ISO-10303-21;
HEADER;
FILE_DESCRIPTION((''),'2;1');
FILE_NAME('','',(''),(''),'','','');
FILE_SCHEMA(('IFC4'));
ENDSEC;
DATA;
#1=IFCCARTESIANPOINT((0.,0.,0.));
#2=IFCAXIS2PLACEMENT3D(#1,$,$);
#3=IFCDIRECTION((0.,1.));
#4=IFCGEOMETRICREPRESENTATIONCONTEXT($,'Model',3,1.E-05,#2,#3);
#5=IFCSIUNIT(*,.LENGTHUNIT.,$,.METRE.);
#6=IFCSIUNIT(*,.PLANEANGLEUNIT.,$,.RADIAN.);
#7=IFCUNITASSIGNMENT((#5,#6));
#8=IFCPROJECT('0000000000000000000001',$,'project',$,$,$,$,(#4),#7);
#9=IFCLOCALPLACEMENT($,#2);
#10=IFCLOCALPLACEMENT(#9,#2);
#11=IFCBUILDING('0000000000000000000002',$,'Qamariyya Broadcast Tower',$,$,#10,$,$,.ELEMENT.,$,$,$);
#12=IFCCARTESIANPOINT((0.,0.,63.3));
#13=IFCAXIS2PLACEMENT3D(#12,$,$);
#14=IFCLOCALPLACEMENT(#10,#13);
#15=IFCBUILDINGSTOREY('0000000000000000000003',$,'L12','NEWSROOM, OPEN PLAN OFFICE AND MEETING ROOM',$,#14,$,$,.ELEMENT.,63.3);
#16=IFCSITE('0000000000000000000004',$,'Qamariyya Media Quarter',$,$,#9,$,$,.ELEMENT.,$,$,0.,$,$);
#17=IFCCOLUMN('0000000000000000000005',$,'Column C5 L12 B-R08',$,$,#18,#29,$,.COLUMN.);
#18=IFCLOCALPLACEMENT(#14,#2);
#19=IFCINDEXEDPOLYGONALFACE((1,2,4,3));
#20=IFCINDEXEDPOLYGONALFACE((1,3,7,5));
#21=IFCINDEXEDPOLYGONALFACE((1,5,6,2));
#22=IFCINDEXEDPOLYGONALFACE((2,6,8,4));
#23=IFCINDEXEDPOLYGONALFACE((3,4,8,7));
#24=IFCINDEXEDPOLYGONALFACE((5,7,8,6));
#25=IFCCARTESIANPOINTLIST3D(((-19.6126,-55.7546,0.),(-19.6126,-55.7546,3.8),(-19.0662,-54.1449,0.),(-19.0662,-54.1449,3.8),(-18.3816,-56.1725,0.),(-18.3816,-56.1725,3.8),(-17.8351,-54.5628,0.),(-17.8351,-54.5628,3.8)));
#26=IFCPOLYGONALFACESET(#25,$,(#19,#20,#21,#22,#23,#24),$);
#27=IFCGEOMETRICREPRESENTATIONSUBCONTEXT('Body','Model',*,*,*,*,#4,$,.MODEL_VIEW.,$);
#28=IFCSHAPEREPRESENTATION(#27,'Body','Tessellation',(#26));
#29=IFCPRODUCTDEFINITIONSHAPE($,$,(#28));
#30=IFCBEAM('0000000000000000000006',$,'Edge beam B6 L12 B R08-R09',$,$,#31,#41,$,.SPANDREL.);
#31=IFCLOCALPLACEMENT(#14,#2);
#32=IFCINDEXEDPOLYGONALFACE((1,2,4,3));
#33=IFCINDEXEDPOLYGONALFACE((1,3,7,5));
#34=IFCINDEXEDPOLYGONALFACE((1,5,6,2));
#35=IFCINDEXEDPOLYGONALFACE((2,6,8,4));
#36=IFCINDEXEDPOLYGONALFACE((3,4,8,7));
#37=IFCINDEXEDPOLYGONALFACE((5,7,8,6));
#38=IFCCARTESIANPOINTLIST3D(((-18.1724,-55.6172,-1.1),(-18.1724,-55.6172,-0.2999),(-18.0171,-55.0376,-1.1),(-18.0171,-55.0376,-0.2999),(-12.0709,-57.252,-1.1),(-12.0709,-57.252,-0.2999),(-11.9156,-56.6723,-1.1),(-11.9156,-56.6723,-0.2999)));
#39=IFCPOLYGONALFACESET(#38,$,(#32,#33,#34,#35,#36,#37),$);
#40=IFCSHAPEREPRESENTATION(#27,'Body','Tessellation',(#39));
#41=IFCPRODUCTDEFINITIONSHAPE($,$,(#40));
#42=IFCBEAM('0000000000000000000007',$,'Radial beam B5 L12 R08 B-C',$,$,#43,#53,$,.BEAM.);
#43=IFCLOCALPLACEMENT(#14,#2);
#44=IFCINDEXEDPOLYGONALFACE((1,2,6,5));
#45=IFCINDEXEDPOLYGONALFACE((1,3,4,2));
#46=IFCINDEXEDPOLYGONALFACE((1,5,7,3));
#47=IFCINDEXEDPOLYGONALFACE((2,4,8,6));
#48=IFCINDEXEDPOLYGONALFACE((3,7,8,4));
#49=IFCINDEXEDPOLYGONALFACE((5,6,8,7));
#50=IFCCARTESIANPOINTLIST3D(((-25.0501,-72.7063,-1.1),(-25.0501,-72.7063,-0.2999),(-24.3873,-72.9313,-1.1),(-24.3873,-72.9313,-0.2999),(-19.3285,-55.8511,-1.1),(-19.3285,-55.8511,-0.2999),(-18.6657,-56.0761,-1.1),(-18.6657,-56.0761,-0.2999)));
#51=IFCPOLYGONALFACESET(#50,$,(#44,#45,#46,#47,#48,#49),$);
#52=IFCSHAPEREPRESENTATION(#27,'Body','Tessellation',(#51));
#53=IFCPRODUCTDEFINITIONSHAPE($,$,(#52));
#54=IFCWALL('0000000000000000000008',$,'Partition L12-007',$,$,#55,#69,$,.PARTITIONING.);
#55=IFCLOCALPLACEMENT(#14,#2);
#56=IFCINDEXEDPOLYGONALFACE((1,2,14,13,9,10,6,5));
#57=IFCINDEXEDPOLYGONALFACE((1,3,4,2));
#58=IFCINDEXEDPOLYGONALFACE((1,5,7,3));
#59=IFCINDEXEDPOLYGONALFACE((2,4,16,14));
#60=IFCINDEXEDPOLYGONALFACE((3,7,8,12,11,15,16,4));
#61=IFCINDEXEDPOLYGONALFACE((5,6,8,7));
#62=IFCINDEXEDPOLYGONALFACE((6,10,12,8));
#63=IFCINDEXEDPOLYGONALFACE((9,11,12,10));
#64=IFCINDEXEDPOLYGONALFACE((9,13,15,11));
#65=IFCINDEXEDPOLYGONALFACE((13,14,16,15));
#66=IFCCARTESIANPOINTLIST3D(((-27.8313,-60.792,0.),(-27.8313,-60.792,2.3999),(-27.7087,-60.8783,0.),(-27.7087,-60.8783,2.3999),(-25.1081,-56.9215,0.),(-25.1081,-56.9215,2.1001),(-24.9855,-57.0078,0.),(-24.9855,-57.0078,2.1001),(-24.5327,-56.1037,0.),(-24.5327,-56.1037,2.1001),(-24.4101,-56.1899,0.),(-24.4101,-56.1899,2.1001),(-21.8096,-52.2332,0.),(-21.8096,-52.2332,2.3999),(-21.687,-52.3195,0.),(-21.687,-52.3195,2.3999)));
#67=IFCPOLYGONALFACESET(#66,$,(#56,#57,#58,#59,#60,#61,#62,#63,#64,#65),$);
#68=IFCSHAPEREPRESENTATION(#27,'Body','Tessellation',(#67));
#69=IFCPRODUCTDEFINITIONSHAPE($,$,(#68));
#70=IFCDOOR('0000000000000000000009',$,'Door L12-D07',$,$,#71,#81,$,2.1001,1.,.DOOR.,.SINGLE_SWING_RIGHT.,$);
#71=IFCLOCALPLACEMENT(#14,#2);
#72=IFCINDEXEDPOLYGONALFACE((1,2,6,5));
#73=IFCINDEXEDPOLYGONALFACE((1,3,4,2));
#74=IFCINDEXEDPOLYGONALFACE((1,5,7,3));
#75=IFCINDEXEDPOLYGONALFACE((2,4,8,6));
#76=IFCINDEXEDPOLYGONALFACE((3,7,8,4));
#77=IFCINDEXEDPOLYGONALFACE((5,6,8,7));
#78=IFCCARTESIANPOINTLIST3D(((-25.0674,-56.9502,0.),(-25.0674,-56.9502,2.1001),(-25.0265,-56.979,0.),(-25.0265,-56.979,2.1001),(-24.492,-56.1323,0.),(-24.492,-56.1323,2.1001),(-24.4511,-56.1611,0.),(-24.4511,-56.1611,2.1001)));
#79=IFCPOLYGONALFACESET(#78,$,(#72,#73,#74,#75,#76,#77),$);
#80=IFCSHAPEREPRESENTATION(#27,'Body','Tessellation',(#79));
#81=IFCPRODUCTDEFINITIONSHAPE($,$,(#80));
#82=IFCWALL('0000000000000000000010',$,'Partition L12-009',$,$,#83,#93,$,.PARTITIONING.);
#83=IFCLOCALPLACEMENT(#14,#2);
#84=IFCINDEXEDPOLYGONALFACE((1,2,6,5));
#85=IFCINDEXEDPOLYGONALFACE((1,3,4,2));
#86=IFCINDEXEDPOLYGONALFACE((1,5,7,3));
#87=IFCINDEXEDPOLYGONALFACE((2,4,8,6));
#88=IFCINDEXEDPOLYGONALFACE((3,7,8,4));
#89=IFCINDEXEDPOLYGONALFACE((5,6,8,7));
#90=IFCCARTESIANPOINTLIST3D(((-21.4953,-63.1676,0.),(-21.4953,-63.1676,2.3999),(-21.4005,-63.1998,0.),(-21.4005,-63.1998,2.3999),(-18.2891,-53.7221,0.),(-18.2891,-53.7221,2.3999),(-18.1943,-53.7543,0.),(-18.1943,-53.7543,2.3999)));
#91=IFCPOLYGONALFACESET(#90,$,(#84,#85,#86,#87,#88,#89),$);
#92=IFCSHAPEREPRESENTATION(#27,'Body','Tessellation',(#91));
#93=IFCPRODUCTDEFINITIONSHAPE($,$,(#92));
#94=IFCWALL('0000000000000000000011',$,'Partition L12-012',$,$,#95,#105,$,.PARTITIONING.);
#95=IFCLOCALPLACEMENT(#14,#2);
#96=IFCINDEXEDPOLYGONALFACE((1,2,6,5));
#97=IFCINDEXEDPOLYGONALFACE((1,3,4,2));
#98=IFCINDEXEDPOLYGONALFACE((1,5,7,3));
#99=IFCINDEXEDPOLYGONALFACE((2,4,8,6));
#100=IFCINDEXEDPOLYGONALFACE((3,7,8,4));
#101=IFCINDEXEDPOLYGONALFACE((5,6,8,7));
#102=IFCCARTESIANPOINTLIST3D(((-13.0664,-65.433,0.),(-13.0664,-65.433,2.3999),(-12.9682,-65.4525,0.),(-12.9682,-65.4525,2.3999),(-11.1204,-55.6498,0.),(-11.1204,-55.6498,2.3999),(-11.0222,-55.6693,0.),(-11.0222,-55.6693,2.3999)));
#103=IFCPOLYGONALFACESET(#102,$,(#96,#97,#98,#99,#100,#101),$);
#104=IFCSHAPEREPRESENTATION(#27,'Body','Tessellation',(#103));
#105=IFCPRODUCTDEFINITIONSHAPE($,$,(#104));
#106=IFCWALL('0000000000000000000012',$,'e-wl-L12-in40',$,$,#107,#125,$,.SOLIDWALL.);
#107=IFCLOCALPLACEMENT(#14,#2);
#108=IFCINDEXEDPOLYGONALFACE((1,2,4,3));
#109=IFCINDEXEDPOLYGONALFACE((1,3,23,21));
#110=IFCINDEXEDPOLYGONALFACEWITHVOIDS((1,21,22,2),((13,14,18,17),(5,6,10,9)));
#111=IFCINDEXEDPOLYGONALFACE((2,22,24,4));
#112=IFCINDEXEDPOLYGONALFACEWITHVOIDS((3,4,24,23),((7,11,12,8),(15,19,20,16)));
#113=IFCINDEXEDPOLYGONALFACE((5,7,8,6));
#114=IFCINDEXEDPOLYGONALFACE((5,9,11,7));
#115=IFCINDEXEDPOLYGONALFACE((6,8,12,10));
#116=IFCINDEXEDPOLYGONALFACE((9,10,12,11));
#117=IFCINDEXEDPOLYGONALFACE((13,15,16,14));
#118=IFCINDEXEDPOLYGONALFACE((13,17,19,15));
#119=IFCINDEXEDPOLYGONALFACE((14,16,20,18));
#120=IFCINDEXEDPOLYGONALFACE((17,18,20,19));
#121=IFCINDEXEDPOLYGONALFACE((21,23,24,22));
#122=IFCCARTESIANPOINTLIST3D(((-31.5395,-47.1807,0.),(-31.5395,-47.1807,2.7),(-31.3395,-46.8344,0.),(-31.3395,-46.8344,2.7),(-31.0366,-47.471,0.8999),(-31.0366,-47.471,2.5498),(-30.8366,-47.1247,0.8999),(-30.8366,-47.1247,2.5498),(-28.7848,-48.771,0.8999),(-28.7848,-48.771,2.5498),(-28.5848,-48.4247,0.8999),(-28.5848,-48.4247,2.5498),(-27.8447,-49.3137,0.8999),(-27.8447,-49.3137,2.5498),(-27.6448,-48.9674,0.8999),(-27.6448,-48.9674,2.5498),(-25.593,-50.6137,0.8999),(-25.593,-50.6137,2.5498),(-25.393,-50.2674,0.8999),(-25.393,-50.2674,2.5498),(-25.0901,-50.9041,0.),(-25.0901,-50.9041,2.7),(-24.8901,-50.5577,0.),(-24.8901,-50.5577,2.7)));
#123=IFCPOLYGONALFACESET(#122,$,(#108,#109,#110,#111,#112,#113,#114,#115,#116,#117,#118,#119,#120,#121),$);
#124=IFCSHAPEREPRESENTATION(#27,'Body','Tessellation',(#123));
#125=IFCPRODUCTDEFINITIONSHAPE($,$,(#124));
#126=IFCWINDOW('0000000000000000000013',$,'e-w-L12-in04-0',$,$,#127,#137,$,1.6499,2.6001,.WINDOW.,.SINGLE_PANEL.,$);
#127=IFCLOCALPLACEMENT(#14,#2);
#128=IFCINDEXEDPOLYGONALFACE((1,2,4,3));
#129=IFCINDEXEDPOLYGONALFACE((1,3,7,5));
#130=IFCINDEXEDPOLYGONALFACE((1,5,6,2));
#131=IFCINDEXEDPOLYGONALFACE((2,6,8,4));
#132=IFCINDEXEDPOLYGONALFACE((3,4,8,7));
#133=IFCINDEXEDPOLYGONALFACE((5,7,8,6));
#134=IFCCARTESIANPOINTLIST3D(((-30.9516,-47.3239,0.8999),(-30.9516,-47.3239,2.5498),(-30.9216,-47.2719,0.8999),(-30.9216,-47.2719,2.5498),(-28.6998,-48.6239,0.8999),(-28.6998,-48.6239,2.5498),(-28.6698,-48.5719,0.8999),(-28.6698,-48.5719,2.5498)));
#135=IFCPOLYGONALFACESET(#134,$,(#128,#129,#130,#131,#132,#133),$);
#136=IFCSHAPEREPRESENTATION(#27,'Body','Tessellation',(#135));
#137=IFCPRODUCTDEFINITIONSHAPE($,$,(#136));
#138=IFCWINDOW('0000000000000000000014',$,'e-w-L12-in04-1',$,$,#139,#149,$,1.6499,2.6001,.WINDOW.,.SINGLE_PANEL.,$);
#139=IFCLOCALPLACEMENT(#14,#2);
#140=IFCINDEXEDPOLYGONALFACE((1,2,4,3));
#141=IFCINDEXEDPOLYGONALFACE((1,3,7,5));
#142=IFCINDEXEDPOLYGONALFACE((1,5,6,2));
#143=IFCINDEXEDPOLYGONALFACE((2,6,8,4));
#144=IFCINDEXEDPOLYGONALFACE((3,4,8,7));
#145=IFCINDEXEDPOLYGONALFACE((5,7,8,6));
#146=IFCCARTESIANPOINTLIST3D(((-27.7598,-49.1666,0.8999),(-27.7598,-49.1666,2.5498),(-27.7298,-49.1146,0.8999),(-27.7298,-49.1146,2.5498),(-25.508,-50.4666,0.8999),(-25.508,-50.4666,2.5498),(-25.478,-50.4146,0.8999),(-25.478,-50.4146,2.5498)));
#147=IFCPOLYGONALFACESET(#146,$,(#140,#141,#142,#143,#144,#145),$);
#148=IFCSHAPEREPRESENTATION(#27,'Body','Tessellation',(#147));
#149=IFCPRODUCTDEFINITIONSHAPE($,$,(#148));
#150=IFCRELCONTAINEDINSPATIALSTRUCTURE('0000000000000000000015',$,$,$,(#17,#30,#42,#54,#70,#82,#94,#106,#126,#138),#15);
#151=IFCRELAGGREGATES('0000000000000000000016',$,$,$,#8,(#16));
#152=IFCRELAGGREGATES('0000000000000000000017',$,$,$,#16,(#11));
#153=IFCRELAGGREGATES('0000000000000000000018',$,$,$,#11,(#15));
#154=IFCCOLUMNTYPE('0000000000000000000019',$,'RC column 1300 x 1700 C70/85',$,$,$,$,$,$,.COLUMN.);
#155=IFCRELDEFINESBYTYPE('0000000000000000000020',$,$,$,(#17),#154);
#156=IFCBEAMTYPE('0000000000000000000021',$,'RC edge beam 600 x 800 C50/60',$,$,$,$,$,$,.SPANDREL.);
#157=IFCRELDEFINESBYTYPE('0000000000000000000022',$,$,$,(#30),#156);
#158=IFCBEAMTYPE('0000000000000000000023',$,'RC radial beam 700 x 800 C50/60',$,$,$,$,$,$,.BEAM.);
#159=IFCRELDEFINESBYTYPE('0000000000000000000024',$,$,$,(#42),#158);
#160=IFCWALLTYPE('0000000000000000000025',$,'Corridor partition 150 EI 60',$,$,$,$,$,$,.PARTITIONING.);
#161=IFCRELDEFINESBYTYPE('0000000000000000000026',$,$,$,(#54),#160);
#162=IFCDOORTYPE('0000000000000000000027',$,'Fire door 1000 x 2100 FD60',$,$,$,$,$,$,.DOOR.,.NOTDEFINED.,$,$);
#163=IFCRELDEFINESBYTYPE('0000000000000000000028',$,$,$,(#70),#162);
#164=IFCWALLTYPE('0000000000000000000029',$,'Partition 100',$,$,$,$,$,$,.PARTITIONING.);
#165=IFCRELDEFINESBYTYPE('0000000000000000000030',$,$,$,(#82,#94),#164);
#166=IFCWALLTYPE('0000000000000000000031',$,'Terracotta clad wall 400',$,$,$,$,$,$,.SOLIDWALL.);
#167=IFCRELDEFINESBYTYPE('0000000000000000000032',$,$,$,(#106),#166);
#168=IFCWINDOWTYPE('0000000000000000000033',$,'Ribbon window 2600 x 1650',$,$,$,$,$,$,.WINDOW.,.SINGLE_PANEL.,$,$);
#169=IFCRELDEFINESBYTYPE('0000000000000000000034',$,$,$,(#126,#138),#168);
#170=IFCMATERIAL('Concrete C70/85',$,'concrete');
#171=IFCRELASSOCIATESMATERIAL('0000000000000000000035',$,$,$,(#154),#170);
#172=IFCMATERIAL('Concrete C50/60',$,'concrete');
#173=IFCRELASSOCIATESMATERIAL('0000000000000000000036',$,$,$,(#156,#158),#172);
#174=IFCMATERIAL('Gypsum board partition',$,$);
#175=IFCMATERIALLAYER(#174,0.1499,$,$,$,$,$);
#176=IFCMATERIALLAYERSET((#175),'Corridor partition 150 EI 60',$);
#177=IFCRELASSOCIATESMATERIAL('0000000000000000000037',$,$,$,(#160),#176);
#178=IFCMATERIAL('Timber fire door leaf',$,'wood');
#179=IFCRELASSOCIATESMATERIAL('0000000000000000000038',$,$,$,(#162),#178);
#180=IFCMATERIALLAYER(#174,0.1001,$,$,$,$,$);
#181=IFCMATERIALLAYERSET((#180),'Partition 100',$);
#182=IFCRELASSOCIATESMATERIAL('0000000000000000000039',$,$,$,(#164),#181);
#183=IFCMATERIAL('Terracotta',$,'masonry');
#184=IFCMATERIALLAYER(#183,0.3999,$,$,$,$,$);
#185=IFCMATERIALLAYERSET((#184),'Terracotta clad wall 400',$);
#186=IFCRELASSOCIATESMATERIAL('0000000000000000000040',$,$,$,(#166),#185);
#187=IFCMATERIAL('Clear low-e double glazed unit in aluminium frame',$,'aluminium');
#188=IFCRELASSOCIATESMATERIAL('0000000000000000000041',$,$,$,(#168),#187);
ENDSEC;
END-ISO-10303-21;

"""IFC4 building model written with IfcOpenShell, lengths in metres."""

from ifc_helpers import new_model, si_unit, direction, frame, frame_2d, origin, origin_2d, place, context, subcontext, project, spatial, rectangle, extrude, material, layer, layer_set, material_profile, profile_set, type_object, element, fill, save


model = new_model("IFC4")

# Units and contexts
model_context = context("Model", 3, precision=1e-05, world=origin(), true_north=direction((0.0, 1.0)))
body_context = subcontext(model_context, "Body", "Model", "MODEL_VIEW")
ifc_project = project(units=[si_unit("LENGTHUNIT", "METRE"), si_unit("PLANEANGLEUNIT", "RADIAN")], contexts=[model_context])

# Site, building, storey
site_placement = place(None, origin())
site = spatial("IfcSite", under=ifc_project, at=site_placement, Name="Qamariyya Media Quarter", CompositionType="ELEMENT", RefElevation=0.0)
building_placement = place(site_placement, origin())
building = spatial("IfcBuilding", under=site, at=building_placement, Name="Qamariyya Broadcast Tower", CompositionType="ELEMENT")
storey_placement = place(building_placement, frame((0.0, 0.0, 63.3)))
storey = spatial("IfcBuildingStorey", under=building, at=storey_placement, Name="L12", Description="NEWSROOM, OPEN PLAN OFFICE AND MEETING ROOM", CompositionType="ELEMENT", Elevation=63.3)

# Column
ifc_material_1 = material(Name="Concrete C70/85", Category="concrete")
ifc_material_profile_1 = material_profile(ifc_material_1, rectangle(XDim=1.3, YDim=1.7, at=origin_2d()))
ifc_profile_set_1 = profile_set([ifc_material_profile_1], Name="Concrete C70/85")
column_type = type_object("IfcColumnType", Name="RC column 1300 x 1700 C70/85", PredefinedType="COLUMN", material=ifc_profile_set_1)
column_placement = place(storey_placement, frame((-18.7239, -55.1587, 0.0), z_axis=(0.0, 0.0, 1.0), x_axis=(0.94693, -0.321439, 0.0)))
element("IfcColumn", 1, at=column_placement, inside=storey, type_object=column_type, Name="Column C5 L12 B-R08", PredefinedType="COLUMN", context=body_context, shape_type="SweptSolid", body=[
    extrude(rectangle(XDim=1.3, YDim=1.7, at=origin_2d()), origin(), (0.0, 0.0, 1.0), 3.8),
])

# Beams
ifc_material_2 = material(Name="Concrete C50/60", Category="concrete")
ifc_material_profile_2 = material_profile(ifc_material_2, rectangle(XDim=0.6001, YDim=0.8, at=origin_2d()))
ifc_profile_set_2 = profile_set([ifc_material_profile_2], Name="Concrete C50/60")
beam_type_1 = type_object("IfcBeamType", Name="RC edge beam 600 x 800 C50/60", PredefinedType="SPANDREL", material=ifc_profile_set_2)
beam_1_placement = place(storey_placement, frame((-18.0947, -55.3274, -0.7), z_axis=(0.965931, -0.258798, 0.0), x_axis=(0.258798, 0.965931, 0.0)))
element("IfcBeam", 2, at=beam_1_placement, inside=storey, type_object=beam_type_1, Name="Edge beam B6 L12 B R08-R09", PredefinedType="SPANDREL", context=body_context, shape_type="SweptSolid", body=[
    extrude(rectangle(XDim=0.6001, YDim=0.8, at=origin_2d()), origin(), (0.0, 0.0, 1.0), 6.3167),
])
ifc_material_profile_3 = material_profile(ifc_material_2, rectangle(XDim=0.7, YDim=0.8, at=origin_2d()))
ifc_profile_set_3 = profile_set([ifc_material_profile_3], Name="Concrete C50/60")
beam_type_2 = type_object("IfcBeamType", Name="RC radial beam 700 x 800 C50/60", PredefinedType="BEAM", material=ifc_profile_set_3)
beam_2_placement = place(storey_placement, frame((-18.9971, -55.9636, -0.7), z_axis=(-0.321445, -0.946928, 0.0), x_axis=(0.946928, -0.321445, 0.0)))
element("IfcBeam", 3, at=beam_2_placement, inside=storey, type_object=beam_type_2, Name="Radial beam B5 L12 R08 B-C", PredefinedType="BEAM", context=body_context, shape_type="SweptSolid", body=[
    extrude(rectangle(XDim=0.7, YDim=0.8, at=origin_2d()), origin(), (0.0, 0.0, 1.0), 17.7998),
])

# Wall, opening, door
ifc_material_3 = material(Name="Gypsum board partition")
ifc_layer_1 = layer(ifc_material_3, 0.1499)
ifc_layer_set_1 = layer_set([ifc_layer_1], Name="Corridor partition 150 EI 60")
wall_type_1 = type_object("IfcWallType", Name="Corridor partition 150 EI 60", PredefinedType="PARTITIONING", material=ifc_layer_set_1)
wall_1_placement = place(storey_placement, frame((-21.7483, -52.2764, 0.0), z_axis=(0.0, 0.0, 1.0), x_axis=(-0.575419, -0.817858, 0.0)))
wall_1 = element("IfcWall", 4, at=wall_1_placement, inside=storey, type_object=wall_type_1, Name="Partition L12-007", PredefinedType="PARTITIONING", context=body_context, shape_type="SweptSolid", body=[
    extrude(rectangle(XDim=10.4648, YDim=0.1499, at=frame_2d((5.2324, 0.0))), origin(), (0.0, 0.0, 1.0), 2.3999),
])
opening_1_placement = place(wall_1_placement, frame((4.7324, 0.0, 0.0)))
opening_1 = element("IfcOpeningElement", 5, at=opening_1_placement, cuts=wall_1, PredefinedType="OPENING", context=body_context, shape_type="SweptSolid", body=[
    extrude(rectangle(XDim=1.0, YDim=2.1001, at=frame_2d((0.5, 1.05))), frame((0.0, 0.085, 0.0), z_axis=(0.0, -1.0, 0.0), x_axis=(1.0, 0.0, 0.0)), (0.0, 0.0, 1.0), 0.1699),
])
ifc_material_4 = material(Name="Timber fire door leaf", Category="wood")
door_type = type_object("IfcDoorType", Name="Fire door 1000 x 2100 FD60", OperationType="NOTDEFINED", PredefinedType="DOOR", material=ifc_material_4)
door_placement = place(opening_1_placement, origin())
door = element("IfcDoor", 6, at=door_placement, inside=storey, type_object=door_type, Name="Door L12-D07", OperationType="SINGLE_SWING_RIGHT", OverallHeight=2.1001, OverallWidth=1.0, PredefinedType="DOOR", context=body_context, shape_type="SweptSolid", body=[
    extrude(rectangle(XDim=1.0, YDim=2.1001, at=frame_2d((0.5, 1.05))), frame((0.0, 0.0249, 0.0), z_axis=(0.0, -1.0, 0.0), x_axis=(1.0, 0.0, 0.0)), (0.0, 0.0, 1.0), 0.05),
])
fill(opening_1, door)

# Walls
ifc_layer_2 = layer(ifc_material_3, 0.1001)
ifc_layer_set_2 = layer_set([ifc_layer_2], Name="Partition 100")
wall_type_2 = type_object("IfcWallType", Name="Partition 100", PredefinedType="PARTITIONING", material=ifc_layer_set_2)
for number, where, z_axis, x_axis, name in (
    (7, (-18.2417, -53.7383, 0.0), (0.0, 0.0, 1.0), (-0.321436, -0.946931, 0.0), "Partition L12-009"),
    (8, (-11.0713, -55.6597, 0.0), (0.0, 0.0, 1.0), (-0.195095, -0.980784, 0.0), "Partition L12-012"),
):
    element("IfcWall", number, at=place(storey_placement, frame(where, z_axis=z_axis, x_axis=x_axis)), inside=storey, type_object=wall_type_2, Name=name, PredefinedType="PARTITIONING", context=body_context, shape_type="SweptSolid", body=[
        extrude(rectangle(XDim=9.9749, YDim=0.1001, at=frame_2d((4.9873, 0.0))), origin(), (0.0, 0.0, 1.0), 2.3999),
    ])

# Wall, openings, windows
ifc_material_5 = material(Name="Terracotta", Category="masonry")
ifc_layer_3 = layer(ifc_material_5, 0.3999)
ifc_layer_set_3 = layer_set([ifc_layer_3], Name="Terracotta clad wall 400")
wall_type_3 = type_object("IfcWallType", Name="Terracotta clad wall 400", PredefinedType="SOLIDWALL", material=ifc_layer_set_3)
wall_2_placement = place(storey_placement, frame((-24.99, -50.731, 0.0), z_axis=(0.0, 0.0, 1.0), x_axis=(-0.866038, 0.499979, 0.0)))
wall_2 = element("IfcWall", 9, at=wall_2_placement, inside=storey, type_object=wall_type_3, Name="e-wl-L12-in40", PredefinedType="SOLIDWALL", context=body_context, shape_type="SweptSolid", body=[
    extrude(rectangle(XDim=7.447, YDim=0.3999, at=frame_2d((3.7236, 0.0))), origin(), (0.0, 0.0, 1.0), 2.7),
])
opening_2_placement = place(wall_2_placement, frame((4.2664, 0.0, 0.8999)))
opening_2 = element("IfcOpeningElement", 10, at=opening_2_placement, cuts=wall_2, PredefinedType="OPENING", context=body_context, shape_type="SweptSolid", body=[
    extrude(rectangle(XDim=2.6001, YDim=1.6499, at=frame_2d((1.3, 0.825))), frame((0.0, 0.21, 0.0), z_axis=(0.0, -1.0, 0.0), x_axis=(1.0, 0.0, 0.0)), (0.0, 0.0, 1.0), 0.4199),
])
opening_3_placement = place(wall_2_placement, frame((0.5808, 0.0, 0.8999)))
opening_3 = element("IfcOpeningElement", 11, at=opening_3_placement, cuts=wall_2, PredefinedType="OPENING", context=body_context, shape_type="SweptSolid", body=[
    extrude(rectangle(XDim=2.6001, YDim=1.6499, at=frame_2d((1.3, 0.825))), frame((0.0, 0.21, 0.0), z_axis=(0.0, -1.0, 0.0), x_axis=(1.0, 0.0, 0.0)), (0.0, 0.0, 1.0), 0.4199),
])
ifc_material_6 = material(Name="Clear low-e double glazed unit in aluminium frame", Category="aluminium")
window_type = type_object("IfcWindowType", Name="Ribbon window 2600 x 1650", PartitioningType="SINGLE_PANEL", PredefinedType="WINDOW", material=ifc_material_6)
window_1_placement = place(opening_2_placement, origin())
window_1 = element("IfcWindow", 12, at=window_1_placement, inside=storey, type_object=window_type, Name="e-w-L12-in04-0", OverallHeight=1.6499, OverallWidth=2.6001, PartitioningType="SINGLE_PANEL", PredefinedType="WINDOW", context=body_context, shape_type="SweptSolid", body=[
    extrude(rectangle(XDim=2.6001, YDim=1.6499, at=frame_2d((1.3, 0.825))), frame((0.0, 0.03, 0.0), z_axis=(0.0, -1.0, 0.0), x_axis=(1.0, 0.0, 0.0)), (0.0, 0.0, 1.0), 0.0601),
])
fill(opening_2, window_1)
window_2_placement = place(opening_3_placement, origin())
window_2 = element("IfcWindow", 13, at=window_2_placement, inside=storey, type_object=window_type, Name="e-w-L12-in04-1", OverallHeight=1.6499, OverallWidth=2.6001, PartitioningType="SINGLE_PANEL", PredefinedType="WINDOW", context=body_context, shape_type="SweptSolid", body=[
    extrude(rectangle(XDim=2.6001, YDim=1.6499, at=frame_2d((1.3, 0.825))), frame((0.0, 0.03, 0.0), z_axis=(0.0, -1.0, 0.0), x_axis=(1.0, 0.0, 0.0)), (0.0, 0.0, 1.0), 0.0601),
])
fill(opening_3, window_2)

save(model, "model.ifc")
